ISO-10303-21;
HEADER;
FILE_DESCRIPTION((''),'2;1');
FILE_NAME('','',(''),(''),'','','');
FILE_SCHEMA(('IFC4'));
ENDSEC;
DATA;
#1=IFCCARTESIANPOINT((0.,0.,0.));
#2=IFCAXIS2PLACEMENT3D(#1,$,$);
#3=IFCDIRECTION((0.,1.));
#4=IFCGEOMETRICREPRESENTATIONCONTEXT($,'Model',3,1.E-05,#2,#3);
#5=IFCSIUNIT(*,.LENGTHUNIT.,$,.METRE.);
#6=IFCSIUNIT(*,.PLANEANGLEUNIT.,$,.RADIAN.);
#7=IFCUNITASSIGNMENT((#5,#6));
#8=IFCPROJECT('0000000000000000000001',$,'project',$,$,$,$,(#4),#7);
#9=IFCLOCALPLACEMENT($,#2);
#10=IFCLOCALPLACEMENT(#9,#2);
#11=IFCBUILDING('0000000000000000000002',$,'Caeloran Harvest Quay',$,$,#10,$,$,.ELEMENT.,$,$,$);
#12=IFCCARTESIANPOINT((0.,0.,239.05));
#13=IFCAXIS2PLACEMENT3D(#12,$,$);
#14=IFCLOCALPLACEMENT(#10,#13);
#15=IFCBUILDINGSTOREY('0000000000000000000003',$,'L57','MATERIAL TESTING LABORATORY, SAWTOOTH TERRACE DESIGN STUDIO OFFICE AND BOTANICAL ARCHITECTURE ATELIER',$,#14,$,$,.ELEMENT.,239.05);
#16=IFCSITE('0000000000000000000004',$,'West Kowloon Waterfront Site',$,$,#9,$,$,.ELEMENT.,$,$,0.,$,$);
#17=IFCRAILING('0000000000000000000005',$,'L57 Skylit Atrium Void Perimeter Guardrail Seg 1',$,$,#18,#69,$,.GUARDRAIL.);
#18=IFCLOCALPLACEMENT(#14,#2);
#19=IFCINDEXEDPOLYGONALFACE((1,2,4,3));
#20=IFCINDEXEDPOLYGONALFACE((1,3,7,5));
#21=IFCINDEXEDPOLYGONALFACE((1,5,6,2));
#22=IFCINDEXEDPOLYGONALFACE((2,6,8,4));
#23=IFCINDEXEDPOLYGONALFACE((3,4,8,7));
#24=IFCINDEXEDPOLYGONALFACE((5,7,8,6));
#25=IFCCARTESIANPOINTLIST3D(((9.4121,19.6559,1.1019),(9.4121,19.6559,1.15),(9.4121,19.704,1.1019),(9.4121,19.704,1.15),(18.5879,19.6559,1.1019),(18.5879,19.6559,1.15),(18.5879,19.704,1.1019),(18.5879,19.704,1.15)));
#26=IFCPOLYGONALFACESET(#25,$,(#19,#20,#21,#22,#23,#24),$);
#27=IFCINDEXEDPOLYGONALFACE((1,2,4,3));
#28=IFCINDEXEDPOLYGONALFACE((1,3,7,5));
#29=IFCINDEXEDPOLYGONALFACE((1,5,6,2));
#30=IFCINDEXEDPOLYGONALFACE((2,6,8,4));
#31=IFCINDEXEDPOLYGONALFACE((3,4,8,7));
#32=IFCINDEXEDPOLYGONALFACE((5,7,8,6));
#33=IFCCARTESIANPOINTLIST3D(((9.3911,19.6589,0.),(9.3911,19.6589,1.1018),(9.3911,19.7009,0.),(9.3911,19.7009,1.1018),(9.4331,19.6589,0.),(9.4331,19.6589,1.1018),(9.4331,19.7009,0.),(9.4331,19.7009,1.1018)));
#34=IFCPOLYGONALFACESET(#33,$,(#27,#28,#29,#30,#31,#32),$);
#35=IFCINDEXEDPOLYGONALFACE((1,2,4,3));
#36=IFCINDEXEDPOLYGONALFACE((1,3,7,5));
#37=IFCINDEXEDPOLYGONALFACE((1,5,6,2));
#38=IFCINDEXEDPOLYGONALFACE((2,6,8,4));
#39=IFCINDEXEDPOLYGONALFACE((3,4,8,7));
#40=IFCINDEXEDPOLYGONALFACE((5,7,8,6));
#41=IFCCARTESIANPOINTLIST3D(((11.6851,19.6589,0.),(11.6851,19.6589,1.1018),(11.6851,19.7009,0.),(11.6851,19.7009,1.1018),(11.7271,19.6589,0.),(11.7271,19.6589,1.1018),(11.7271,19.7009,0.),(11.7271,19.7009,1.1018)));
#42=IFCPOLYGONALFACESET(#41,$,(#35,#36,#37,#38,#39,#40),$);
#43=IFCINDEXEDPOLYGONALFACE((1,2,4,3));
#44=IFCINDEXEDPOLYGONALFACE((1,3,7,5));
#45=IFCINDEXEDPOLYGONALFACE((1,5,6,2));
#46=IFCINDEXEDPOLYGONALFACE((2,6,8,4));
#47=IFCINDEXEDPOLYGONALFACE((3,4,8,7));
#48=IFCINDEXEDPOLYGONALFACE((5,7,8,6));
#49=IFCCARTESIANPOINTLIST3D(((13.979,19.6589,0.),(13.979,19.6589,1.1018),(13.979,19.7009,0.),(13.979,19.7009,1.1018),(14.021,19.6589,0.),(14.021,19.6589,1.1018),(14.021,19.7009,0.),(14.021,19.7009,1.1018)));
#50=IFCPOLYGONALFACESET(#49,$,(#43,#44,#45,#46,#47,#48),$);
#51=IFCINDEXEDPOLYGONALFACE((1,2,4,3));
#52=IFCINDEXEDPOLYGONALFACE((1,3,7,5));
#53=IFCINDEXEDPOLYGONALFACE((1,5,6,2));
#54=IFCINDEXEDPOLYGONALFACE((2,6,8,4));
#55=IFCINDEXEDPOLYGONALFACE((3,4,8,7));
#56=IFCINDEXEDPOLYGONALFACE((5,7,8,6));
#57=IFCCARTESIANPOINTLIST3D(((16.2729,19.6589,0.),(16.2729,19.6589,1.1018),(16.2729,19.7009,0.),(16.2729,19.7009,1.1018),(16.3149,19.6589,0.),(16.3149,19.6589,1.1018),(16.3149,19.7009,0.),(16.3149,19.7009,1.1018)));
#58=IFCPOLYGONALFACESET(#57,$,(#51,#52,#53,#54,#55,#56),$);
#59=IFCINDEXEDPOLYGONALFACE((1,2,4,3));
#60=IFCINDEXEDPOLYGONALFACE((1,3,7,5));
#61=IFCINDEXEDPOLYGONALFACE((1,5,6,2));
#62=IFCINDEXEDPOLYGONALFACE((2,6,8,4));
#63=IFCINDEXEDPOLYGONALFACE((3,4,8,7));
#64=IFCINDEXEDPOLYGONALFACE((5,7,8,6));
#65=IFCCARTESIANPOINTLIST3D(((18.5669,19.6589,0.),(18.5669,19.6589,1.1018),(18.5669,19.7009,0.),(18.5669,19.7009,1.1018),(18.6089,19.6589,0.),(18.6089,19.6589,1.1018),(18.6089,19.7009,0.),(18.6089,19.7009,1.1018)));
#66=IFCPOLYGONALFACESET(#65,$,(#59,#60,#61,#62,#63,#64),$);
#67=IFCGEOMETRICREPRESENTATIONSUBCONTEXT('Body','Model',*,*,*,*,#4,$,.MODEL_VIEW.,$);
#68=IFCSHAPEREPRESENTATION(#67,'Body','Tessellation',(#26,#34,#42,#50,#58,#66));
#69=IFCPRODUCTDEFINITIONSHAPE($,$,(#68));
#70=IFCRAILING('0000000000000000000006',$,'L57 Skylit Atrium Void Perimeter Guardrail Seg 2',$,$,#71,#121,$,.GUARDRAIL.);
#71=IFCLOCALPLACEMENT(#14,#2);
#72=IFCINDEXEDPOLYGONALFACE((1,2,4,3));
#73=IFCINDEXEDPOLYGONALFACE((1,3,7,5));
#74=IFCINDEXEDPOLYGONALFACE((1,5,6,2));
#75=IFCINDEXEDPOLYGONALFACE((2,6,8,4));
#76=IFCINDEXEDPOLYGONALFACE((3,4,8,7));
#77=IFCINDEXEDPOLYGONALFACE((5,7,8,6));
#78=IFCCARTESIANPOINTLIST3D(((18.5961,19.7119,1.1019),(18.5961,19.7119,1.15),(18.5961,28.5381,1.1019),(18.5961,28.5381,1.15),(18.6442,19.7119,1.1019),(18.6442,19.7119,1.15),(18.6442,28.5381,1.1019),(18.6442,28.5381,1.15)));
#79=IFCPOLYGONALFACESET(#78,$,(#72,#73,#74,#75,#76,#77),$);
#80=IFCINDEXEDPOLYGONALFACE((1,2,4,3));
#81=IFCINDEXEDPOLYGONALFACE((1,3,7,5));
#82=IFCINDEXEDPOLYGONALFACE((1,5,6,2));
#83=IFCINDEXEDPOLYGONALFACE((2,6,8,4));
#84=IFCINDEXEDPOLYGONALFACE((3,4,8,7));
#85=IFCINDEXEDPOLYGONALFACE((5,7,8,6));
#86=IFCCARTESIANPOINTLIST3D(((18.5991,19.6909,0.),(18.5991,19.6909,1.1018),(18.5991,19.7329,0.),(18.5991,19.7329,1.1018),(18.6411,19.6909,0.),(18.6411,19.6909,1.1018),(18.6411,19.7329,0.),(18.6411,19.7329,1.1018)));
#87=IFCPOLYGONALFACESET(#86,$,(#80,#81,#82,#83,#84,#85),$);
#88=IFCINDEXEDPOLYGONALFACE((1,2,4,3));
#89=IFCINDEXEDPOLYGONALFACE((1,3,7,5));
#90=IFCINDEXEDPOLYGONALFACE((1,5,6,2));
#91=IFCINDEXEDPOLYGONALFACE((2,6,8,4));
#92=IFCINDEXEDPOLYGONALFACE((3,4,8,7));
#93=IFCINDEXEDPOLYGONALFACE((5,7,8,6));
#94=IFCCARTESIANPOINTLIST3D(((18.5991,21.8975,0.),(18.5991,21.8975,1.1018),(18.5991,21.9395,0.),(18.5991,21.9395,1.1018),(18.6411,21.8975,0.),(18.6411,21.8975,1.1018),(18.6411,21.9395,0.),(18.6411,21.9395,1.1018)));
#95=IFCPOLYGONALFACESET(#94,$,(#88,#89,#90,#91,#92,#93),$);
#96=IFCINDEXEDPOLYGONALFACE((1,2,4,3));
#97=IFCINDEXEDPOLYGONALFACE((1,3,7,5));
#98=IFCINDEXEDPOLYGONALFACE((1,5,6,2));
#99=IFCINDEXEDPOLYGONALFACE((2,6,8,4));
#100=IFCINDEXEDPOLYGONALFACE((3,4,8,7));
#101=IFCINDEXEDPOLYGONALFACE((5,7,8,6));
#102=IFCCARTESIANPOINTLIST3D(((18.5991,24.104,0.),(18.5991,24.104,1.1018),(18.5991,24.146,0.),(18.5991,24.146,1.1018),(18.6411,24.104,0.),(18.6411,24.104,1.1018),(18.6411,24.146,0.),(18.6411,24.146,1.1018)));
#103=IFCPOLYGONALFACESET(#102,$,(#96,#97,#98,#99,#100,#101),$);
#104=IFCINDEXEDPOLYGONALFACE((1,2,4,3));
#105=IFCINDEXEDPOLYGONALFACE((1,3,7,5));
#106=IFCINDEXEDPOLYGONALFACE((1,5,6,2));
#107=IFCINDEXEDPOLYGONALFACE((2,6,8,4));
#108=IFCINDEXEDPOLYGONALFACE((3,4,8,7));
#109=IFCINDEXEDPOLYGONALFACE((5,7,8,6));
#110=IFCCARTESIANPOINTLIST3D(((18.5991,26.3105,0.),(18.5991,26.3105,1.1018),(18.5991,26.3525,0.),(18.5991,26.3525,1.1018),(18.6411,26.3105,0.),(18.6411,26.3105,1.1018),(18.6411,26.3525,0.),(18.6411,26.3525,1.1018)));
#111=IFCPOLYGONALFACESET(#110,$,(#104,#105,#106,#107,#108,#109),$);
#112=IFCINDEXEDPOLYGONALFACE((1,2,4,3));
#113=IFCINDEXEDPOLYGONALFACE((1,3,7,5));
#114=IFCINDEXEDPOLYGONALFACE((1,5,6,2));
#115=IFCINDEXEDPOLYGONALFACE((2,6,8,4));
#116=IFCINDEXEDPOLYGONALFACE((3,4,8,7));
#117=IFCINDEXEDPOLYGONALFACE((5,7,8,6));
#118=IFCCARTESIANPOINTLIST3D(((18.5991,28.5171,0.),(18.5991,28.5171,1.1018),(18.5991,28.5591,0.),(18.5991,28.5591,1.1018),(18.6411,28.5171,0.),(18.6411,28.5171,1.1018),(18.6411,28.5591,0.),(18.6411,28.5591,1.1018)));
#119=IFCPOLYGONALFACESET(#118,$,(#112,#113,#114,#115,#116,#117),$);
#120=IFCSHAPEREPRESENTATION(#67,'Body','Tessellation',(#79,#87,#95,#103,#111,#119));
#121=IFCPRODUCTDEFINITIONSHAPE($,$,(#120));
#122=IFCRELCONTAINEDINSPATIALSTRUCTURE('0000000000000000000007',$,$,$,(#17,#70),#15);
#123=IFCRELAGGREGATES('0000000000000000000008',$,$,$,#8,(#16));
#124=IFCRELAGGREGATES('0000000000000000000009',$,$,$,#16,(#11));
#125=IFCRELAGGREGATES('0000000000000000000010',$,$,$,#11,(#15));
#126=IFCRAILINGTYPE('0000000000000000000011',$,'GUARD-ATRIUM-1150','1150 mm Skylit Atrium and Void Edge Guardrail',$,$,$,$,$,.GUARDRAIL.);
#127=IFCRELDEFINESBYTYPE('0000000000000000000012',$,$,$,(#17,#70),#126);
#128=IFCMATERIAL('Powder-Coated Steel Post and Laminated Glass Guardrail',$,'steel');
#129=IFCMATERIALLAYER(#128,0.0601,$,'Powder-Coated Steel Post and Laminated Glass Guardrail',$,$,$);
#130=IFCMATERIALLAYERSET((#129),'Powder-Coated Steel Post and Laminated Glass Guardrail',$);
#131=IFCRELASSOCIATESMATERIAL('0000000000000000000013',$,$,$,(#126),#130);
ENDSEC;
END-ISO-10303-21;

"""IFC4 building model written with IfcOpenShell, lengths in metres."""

from ifc_helpers import new_model, si_unit, direction, frame, origin, origin_2d, place, context, subcontext, project, spatial, rectangle, extrude, material, layer, layer_set, type_object, element, save


model = new_model("IFC4")

# Units and contexts
model_context = context("Model", 3, precision=1e-05, world=origin(), true_north=direction((0.0, 1.0)))
body_context = subcontext(model_context, "Body", "Model", "MODEL_VIEW")
ifc_project = project(units=[si_unit("LENGTHUNIT", "METRE"), si_unit("PLANEANGLEUNIT", "RADIAN")], contexts=[model_context])

# Site, building, storey
site_placement = place(None, origin())
site = spatial("IfcSite", under=ifc_project, at=site_placement, Name="West Kowloon Waterfront Site", CompositionType="ELEMENT", RefElevation=0.0)
building_placement = place(site_placement, origin())
building = spatial("IfcBuilding", under=site, at=building_placement, Name="Caeloran Harvest Quay", CompositionType="ELEMENT")
storey_placement = place(building_placement, frame((0.0, 0.0, 239.05)))
storey = spatial("IfcBuildingStorey", under=building, at=storey_placement, Name="L57", Description="MATERIAL TESTING LABORATORY, SAWTOOTH TERRACE DESIGN STUDIO OFFICE AND BOTANICAL ARCHITECTURE ATELIER", CompositionType="ELEMENT", Elevation=239.05)

# Railings
ifc_material_1 = material(Name="Powder-Coated Steel Post and Laminated Glass Guardrail", Category="steel")
ifc_layer_1 = layer(ifc_material_1, 0.0601, Name="Powder-Coated Steel Post and Laminated Glass Guardrail")
ifc_layer_set_1 = layer_set([ifc_layer_1], Name="Powder-Coated Steel Post and Laminated Glass Guardrail")
railing_type = type_object("IfcRailingType", Name="GUARD-ATRIUM-1150", Description="1150 mm Skylit Atrium and Void Edge Guardrail", PredefinedType="GUARDRAIL", material=ifc_layer_set_1)
railing_1_placement = place(storey_placement, frame((9.4121, 19.6799, 0.0)))
element("IfcRailing", 1, at=railing_1_placement, inside=storey, type_object=railing_type, Name="L57 Skylit Atrium Void Perimeter Guardrail Seg 1", PredefinedType="GUARDRAIL", context=body_context, shape_type="SweptSolid", body=[
    extrude(rectangle(XDim=0.0481, YDim=0.0481, at=origin_2d()), frame((0.0, 0.0, 1.126), z_axis=(1.0, 0.0, 0.0), x_axis=(0.0, 1.0, 0.0)), (0.0, 0.0, 1.0), 9.1758),
    extrude(rectangle(XDim=0.042, YDim=0.042, at=origin_2d()), origin(), (0.0, 0.0, 1.0), 1.1018),
    extrude(rectangle(XDim=0.042, YDim=0.042, at=origin_2d()), frame((2.2939, 0.0, 0.0)), (0.0, 0.0, 1.0), 1.1018),
    extrude(rectangle(XDim=0.042, YDim=0.042, at=origin_2d()), frame((4.5879, 0.0, 0.0)), (0.0, 0.0, 1.0), 1.1018),
    extrude(rectangle(XDim=0.042, YDim=0.042, at=origin_2d()), frame((6.8818, 0.0, 0.0)), (0.0, 0.0, 1.0), 1.1018),
    extrude(rectangle(XDim=0.042, YDim=0.042, at=origin_2d()), frame((9.1758, 0.0, 0.0)), (0.0, 0.0, 1.0), 1.1018),
])
railing_2_placement = place(storey_placement, frame((18.6201, 19.7119, 0.0)))
element("IfcRailing", 2, at=railing_2_placement, inside=storey, type_object=railing_type, Name="L57 Skylit Atrium Void Perimeter Guardrail Seg 2", PredefinedType="GUARDRAIL", context=body_context, shape_type="SweptSolid", body=[
    extrude(rectangle(XDim=0.0481, YDim=0.0481, at=origin_2d()), frame((0.0, 0.0, 1.126), z_axis=(0.0, 1.0, 0.0), x_axis=(-1.0, 0.0, 0.0)), (0.0, 0.0, 1.0), 8.8262),
    extrude(rectangle(XDim=0.042, YDim=0.042, at=origin_2d()), origin(), (0.0, 0.0, 1.0), 1.1018),
    extrude(rectangle(XDim=0.042, YDim=0.042, at=origin_2d()), frame((0.0, 2.2065, 0.0)), (0.0, 0.0, 1.0), 1.1018),
    extrude(rectangle(XDim=0.042, YDim=0.042, at=origin_2d()), frame((0.0, 4.4131, 0.0)), (0.0, 0.0, 1.0), 1.1018),
    extrude(rectangle(XDim=0.042, YDim=0.042, at=origin_2d()), frame((0.0, 6.6196, 0.0)), (0.0, 0.0, 1.0), 1.1018),
    extrude(rectangle(XDim=0.042, YDim=0.042, at=origin_2d()), frame((0.0, 8.8262, 0.0)), (0.0, 0.0, 1.0), 1.1018),
])

save(model, "model.ifc")
